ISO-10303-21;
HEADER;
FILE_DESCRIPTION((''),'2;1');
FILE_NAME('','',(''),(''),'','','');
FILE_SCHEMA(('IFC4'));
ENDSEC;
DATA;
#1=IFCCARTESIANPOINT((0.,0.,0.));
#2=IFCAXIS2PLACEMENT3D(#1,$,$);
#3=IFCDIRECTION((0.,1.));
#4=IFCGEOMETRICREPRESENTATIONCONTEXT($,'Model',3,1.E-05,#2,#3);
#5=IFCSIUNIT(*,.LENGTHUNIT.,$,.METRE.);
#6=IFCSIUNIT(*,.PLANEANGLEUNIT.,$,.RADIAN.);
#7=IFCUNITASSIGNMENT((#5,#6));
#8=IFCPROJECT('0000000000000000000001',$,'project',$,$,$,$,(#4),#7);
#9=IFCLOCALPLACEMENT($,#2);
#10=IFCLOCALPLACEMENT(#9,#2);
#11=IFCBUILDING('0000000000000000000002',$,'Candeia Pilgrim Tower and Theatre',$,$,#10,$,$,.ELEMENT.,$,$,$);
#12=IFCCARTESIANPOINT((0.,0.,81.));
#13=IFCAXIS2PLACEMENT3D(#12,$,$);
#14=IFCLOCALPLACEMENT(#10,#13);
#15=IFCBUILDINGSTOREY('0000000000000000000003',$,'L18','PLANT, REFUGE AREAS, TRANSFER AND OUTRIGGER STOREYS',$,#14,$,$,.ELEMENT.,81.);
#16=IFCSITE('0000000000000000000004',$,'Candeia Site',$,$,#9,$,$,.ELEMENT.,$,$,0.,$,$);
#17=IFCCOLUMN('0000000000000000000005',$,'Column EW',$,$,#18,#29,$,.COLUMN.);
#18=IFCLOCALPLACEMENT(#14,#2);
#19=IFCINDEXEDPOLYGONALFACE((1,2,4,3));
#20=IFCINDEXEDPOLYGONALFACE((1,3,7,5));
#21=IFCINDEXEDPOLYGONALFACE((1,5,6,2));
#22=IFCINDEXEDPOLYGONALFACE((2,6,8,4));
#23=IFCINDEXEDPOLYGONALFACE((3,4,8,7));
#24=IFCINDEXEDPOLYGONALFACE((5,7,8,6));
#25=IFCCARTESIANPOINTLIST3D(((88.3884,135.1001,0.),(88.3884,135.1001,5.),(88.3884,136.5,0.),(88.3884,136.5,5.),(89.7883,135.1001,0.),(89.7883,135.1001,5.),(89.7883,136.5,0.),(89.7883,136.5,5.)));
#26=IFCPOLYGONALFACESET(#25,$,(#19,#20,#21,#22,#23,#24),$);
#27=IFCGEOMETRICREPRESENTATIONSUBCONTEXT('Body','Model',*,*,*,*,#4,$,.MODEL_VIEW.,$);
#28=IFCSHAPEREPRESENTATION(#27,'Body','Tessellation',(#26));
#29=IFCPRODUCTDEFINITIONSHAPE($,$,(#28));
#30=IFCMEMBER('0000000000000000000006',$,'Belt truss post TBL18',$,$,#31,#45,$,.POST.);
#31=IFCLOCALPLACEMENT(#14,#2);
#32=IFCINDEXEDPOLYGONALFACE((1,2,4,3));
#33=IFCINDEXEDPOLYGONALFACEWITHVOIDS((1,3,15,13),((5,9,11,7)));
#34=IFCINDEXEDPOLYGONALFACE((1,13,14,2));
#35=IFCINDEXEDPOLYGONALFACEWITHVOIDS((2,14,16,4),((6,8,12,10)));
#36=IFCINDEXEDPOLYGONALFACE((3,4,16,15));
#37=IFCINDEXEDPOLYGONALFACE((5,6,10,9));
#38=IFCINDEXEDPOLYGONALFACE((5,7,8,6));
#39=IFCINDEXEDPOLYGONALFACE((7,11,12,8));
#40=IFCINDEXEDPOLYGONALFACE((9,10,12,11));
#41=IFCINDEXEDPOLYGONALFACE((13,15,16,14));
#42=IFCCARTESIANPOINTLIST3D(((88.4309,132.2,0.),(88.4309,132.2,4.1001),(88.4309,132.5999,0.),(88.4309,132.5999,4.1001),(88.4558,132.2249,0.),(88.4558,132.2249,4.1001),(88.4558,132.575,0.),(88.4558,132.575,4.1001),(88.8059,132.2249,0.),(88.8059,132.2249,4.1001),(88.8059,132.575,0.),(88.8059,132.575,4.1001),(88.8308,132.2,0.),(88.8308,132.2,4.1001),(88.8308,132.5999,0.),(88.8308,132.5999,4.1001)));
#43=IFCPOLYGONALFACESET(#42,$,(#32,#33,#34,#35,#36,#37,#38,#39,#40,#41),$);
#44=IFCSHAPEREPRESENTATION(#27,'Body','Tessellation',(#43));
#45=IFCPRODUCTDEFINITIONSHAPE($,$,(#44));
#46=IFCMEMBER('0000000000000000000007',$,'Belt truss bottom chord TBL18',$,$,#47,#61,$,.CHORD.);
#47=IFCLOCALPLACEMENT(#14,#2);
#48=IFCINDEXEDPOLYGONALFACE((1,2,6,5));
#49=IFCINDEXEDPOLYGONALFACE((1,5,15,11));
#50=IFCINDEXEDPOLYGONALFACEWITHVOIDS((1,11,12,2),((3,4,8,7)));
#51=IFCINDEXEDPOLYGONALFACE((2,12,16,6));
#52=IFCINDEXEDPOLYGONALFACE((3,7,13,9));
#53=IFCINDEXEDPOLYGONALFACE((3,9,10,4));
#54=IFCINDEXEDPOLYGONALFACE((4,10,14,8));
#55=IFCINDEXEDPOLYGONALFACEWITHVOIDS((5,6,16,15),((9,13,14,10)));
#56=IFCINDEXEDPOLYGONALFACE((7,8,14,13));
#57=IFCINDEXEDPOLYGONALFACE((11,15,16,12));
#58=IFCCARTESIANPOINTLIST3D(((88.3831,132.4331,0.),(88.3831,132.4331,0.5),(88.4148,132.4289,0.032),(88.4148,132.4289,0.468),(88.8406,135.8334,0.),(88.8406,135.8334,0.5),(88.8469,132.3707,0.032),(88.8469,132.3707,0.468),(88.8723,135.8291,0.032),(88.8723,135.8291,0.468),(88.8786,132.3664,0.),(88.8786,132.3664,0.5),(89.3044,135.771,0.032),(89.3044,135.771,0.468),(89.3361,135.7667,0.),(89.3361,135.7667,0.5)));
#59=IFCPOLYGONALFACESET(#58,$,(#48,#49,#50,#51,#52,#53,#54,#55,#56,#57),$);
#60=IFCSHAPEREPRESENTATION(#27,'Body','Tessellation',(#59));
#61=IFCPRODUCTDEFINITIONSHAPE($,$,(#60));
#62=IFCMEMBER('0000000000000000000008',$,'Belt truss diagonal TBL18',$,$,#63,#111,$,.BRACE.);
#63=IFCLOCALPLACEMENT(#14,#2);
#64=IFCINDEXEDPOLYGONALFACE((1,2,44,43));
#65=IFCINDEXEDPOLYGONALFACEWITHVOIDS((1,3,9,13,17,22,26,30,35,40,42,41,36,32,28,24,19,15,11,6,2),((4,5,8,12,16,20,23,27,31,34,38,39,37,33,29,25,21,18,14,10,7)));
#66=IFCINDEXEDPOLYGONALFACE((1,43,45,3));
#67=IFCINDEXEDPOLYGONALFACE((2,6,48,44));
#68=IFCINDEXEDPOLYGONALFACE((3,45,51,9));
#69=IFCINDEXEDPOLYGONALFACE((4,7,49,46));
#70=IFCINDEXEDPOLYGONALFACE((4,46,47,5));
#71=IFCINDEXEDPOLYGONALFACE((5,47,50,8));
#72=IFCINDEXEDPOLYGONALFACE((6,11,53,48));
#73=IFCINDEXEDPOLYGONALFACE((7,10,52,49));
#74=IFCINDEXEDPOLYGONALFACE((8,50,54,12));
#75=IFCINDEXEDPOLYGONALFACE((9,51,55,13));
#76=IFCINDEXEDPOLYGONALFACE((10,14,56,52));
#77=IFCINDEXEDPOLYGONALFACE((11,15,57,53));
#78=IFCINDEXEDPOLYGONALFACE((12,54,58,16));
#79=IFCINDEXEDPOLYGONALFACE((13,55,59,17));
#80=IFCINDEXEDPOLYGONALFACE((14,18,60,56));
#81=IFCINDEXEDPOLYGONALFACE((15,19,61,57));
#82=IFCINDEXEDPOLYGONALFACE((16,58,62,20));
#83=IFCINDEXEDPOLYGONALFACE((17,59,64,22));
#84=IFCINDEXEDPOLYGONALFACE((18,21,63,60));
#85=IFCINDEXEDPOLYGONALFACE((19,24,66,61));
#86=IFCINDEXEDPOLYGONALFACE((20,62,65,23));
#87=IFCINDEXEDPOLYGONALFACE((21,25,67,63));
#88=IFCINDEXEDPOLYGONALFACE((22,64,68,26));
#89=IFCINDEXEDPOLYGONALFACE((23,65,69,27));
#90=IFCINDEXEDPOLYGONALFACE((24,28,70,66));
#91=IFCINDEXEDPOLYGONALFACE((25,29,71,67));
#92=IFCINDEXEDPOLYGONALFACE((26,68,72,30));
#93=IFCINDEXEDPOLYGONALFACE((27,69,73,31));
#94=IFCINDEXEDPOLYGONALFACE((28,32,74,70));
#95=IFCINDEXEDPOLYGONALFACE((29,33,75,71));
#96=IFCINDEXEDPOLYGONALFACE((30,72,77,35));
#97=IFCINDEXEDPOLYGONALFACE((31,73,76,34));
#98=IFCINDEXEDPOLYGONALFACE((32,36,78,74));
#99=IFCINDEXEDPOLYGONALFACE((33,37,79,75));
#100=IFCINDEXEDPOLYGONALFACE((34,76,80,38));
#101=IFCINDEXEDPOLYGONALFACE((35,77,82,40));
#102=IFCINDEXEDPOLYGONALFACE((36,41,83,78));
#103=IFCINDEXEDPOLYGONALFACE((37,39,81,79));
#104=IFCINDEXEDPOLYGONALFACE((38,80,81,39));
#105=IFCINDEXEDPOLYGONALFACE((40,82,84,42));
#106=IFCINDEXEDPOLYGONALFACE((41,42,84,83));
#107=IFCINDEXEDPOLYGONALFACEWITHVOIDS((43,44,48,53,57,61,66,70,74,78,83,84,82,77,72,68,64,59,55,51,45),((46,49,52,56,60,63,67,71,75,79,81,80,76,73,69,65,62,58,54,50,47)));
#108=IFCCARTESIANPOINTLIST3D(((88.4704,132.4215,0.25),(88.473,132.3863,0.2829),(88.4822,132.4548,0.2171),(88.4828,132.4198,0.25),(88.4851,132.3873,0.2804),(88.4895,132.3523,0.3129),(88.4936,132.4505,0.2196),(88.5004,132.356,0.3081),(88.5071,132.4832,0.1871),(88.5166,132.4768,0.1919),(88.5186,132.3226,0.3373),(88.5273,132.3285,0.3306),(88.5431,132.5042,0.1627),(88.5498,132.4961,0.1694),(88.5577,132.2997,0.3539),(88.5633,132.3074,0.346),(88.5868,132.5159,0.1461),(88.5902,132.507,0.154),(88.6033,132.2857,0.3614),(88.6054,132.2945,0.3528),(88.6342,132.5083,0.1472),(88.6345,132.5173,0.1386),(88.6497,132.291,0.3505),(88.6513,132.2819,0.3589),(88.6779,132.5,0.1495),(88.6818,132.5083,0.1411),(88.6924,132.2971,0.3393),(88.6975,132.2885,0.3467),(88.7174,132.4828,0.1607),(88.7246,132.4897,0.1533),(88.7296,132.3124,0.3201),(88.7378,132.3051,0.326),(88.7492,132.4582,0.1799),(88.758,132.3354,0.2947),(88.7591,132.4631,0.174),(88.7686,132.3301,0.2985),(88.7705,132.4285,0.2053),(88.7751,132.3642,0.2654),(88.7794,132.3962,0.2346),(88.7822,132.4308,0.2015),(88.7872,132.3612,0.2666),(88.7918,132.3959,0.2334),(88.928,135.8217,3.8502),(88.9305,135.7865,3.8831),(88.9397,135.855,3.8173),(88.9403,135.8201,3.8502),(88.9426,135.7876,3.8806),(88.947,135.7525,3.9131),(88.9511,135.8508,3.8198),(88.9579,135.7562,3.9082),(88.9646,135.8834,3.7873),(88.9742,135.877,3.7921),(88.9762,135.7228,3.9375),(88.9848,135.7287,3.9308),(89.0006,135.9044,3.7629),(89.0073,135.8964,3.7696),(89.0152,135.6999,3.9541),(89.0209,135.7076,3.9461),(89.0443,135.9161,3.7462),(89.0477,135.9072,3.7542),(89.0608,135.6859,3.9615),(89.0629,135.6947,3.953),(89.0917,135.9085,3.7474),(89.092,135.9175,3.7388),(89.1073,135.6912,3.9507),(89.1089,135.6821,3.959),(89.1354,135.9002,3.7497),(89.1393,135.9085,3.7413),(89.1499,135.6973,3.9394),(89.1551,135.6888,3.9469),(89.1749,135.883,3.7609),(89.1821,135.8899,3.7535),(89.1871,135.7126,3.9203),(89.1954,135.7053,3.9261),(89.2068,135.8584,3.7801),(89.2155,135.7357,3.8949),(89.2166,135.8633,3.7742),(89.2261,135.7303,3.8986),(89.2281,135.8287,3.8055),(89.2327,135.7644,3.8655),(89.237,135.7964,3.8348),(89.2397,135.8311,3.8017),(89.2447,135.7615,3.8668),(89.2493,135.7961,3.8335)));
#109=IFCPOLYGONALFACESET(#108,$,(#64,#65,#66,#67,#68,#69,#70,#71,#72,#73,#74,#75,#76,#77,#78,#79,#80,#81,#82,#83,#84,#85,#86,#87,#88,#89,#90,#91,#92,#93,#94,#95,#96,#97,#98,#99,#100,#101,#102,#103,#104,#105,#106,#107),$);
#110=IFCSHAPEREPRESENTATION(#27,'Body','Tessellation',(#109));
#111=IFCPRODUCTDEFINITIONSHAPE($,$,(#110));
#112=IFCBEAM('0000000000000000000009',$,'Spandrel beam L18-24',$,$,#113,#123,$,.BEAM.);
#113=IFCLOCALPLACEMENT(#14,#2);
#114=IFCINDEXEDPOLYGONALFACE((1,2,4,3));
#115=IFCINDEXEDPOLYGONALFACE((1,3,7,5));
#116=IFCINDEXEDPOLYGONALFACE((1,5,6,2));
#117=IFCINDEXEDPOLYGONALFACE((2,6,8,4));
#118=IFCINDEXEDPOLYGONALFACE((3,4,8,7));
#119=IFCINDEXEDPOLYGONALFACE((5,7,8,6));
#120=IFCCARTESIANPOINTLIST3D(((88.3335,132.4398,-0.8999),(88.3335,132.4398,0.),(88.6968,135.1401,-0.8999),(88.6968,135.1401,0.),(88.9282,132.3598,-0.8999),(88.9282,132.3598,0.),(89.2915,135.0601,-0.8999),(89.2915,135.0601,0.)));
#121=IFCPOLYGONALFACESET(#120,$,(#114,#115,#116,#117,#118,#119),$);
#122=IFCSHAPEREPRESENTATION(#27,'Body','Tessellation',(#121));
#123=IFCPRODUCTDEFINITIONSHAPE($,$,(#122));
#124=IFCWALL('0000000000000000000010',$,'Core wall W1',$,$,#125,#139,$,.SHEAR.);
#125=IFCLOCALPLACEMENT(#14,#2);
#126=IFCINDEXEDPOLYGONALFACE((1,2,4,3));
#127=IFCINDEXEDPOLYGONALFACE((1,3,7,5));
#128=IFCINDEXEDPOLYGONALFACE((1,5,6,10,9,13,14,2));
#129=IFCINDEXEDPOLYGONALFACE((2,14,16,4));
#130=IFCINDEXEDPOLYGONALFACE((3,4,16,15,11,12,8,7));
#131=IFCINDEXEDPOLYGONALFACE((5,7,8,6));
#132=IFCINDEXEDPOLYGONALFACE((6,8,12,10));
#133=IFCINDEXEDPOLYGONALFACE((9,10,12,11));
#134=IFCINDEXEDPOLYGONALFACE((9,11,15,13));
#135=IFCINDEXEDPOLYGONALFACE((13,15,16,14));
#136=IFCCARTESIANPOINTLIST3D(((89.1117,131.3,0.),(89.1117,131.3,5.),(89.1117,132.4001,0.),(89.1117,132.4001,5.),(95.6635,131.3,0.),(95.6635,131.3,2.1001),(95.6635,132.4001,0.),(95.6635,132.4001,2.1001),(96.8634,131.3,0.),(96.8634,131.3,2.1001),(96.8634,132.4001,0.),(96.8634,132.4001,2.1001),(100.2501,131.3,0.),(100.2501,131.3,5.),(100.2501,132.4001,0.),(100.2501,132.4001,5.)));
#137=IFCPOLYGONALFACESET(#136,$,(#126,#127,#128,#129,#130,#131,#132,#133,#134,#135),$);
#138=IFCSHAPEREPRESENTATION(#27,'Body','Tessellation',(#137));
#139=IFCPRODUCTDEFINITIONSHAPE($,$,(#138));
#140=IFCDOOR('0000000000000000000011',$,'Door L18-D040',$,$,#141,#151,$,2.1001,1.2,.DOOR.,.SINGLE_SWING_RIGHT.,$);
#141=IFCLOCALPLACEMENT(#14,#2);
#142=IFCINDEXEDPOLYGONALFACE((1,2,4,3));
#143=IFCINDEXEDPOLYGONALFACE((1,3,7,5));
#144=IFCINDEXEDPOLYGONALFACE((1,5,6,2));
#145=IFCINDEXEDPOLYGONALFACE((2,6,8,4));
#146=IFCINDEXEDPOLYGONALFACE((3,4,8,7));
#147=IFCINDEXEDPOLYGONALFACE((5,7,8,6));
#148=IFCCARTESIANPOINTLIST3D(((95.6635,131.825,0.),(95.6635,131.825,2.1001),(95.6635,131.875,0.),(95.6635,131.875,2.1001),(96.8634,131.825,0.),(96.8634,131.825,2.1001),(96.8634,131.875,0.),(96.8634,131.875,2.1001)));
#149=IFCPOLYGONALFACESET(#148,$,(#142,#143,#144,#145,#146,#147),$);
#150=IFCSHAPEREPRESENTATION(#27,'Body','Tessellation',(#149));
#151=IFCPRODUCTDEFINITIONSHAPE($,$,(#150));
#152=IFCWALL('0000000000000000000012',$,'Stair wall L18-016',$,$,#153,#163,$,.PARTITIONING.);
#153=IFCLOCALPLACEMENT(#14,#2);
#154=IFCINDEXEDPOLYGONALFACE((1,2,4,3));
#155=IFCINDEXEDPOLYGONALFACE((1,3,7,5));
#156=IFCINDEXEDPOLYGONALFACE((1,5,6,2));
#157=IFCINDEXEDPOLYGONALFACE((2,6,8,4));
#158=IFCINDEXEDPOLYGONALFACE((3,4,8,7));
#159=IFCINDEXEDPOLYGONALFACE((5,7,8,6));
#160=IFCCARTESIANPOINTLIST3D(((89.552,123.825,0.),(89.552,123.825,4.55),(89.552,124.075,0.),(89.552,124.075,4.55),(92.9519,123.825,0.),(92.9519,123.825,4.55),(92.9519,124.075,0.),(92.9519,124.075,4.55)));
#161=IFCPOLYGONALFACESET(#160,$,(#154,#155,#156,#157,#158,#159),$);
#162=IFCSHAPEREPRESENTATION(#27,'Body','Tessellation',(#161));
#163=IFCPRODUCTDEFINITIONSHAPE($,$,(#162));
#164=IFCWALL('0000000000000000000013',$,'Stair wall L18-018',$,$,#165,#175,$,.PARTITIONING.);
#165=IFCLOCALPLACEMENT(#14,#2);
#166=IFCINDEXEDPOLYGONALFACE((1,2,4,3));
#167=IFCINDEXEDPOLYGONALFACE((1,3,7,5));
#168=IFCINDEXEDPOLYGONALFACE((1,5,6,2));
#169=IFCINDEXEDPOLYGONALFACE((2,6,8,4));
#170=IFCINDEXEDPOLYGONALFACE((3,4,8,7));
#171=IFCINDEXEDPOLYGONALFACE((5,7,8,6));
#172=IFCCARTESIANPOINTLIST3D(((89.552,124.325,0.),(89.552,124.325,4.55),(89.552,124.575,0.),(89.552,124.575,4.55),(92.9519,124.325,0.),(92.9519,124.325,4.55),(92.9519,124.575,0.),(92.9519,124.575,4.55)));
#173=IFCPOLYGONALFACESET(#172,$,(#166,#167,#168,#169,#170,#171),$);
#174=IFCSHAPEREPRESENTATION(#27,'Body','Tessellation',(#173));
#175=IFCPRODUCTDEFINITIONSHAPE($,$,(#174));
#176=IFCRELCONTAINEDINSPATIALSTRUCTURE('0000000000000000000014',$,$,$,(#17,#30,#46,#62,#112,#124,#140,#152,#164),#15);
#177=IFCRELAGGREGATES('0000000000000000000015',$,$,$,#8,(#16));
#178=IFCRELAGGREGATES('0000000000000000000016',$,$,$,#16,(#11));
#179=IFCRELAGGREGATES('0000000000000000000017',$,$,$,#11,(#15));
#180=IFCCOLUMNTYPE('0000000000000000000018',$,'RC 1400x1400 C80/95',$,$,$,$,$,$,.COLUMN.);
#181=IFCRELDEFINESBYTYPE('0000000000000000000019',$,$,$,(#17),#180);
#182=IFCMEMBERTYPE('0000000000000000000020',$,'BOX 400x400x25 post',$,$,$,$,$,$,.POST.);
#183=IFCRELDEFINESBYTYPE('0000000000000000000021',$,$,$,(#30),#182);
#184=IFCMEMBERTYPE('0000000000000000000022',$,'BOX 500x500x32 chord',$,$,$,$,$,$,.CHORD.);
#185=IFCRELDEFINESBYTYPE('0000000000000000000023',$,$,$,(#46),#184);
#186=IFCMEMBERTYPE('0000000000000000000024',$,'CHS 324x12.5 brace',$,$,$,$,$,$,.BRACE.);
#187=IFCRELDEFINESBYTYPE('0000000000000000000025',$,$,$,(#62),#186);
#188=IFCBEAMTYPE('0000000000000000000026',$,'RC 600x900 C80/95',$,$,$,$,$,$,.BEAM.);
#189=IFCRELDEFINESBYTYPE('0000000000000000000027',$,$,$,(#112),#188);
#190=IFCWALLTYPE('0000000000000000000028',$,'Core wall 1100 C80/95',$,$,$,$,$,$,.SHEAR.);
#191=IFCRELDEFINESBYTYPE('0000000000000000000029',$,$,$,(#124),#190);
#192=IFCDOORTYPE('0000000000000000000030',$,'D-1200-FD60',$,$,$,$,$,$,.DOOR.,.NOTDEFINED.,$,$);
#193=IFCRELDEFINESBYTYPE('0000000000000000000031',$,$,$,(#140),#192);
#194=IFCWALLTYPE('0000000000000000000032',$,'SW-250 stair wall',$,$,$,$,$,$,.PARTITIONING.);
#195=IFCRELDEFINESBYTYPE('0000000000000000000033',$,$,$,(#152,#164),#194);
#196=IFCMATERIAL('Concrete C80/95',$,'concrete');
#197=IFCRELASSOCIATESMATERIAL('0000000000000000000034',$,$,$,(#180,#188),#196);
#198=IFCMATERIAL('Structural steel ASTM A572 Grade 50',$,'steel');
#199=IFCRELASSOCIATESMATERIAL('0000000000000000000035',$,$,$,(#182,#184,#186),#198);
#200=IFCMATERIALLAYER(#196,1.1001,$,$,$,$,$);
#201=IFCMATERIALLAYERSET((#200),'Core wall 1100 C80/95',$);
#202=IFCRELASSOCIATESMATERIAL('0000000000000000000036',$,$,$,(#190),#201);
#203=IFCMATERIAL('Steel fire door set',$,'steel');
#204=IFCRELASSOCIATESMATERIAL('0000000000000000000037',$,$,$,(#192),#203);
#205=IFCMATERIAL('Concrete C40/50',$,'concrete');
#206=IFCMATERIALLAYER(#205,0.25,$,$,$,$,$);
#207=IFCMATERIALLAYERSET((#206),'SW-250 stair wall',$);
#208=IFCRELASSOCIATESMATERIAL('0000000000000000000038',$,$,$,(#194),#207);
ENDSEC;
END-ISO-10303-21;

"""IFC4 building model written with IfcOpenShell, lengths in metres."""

from ifc_helpers import new_model, si_unit, direction, frame, frame_2d, origin, origin_2d, place, context, subcontext, project, spatial, rectangle, hollow_rectangle, hollow_circle, extrude, material, layer, layer_set, material_profile, profile_set, type_object, element, fill, save


model = new_model("IFC4")

# Units and contexts
model_context = context("Model", 3, precision=1e-05, world=origin(), true_north=direction((0.0, 1.0)))
body_context = subcontext(model_context, "Body", "Model", "MODEL_VIEW")
ifc_project = project(units=[si_unit("LENGTHUNIT", "METRE"), si_unit("PLANEANGLEUNIT", "RADIAN")], contexts=[model_context])

# Site, building, storey
site_placement = place(None, origin())
site = spatial("IfcSite", under=ifc_project, at=site_placement, Name="Candeia Site", CompositionType="ELEMENT", RefElevation=0.0)
building_placement = place(site_placement, origin())
building = spatial("IfcBuilding", under=site, at=building_placement, Name="Candeia Pilgrim Tower and Theatre", CompositionType="ELEMENT")
storey_placement = place(building_placement, frame((0.0, 0.0, 81.0)))
storey = spatial("IfcBuildingStorey", under=building, at=storey_placement, Name="L18", Description="PLANT, REFUGE AREAS, TRANSFER AND OUTRIGGER STOREYS", CompositionType="ELEMENT", Elevation=81.0)

# Column
ifc_material_1 = material(Name="Concrete C80/95", Category="concrete")
ifc_material_profile_1 = material_profile(ifc_material_1, rectangle(XDim=1.3999, YDim=1.3999, at=origin_2d()))
ifc_profile_set_1 = profile_set([ifc_material_profile_1], Name="Concrete C80/95")
column_type = type_object("IfcColumnType", Name="RC 1400x1400 C80/95", PredefinedType="COLUMN", material=ifc_profile_set_1)
column_placement = place(storey_placement, frame((89.0884, 135.8, 0.0), z_axis=(0.0, 0.0, 1.0), x_axis=(1.0, 0.0, 0.0)))
element("IfcColumn", 1, at=column_placement, inside=storey, type_object=column_type, Name="Column EW", PredefinedType="COLUMN", context=body_context, shape_type="SweptSolid", body=[
    extrude(rectangle(XDim=1.3999, YDim=1.3999, at=origin_2d()), origin(), (0.0, 0.0, 1.0), 5.0),
])

# Members
ifc_material_2 = material(Name="Structural steel ASTM A572 Grade 50", Category="steel")
ifc_material_profile_2 = material_profile(ifc_material_2, hollow_rectangle(XDim=0.3999, YDim=0.3999, WallThickness=0.0249, at=origin_2d()))
ifc_profile_set_2 = profile_set([ifc_material_profile_2], Name="Structural steel ASTM A572 Grade 50")
member_type_1 = type_object("IfcMemberType", Name="BOX 400x400x25 post", PredefinedType="POST", material=ifc_profile_set_2)
member_1_placement = place(storey_placement, frame((88.6309, 132.3999, 0.0), z_axis=(0.0, 0.0, 1.0), x_axis=(1.0, 0.0, 0.0)))
element("IfcMember", 2, at=member_1_placement, inside=storey, type_object=member_type_1, Name="Belt truss post TBL18", PredefinedType="POST", context=body_context, shape_type="SweptSolid", body=[
    extrude(hollow_rectangle(XDim=0.3999, YDim=0.3999, WallThickness=0.0249, at=origin_2d()), origin(), (0.0, 0.0, 1.0), 4.1001),
])
ifc_material_profile_3 = material_profile(ifc_material_2, hollow_rectangle(XDim=0.5, YDim=0.5, WallThickness=0.032, at=origin_2d()))
ifc_profile_set_3 = profile_set([ifc_material_profile_3], Name="Structural steel ASTM A572 Grade 50")
member_type_2 = type_object("IfcMemberType", Name="BOX 500x500x32 chord", PredefinedType="CHORD", material=ifc_profile_set_3)
member_2_placement = place(storey_placement, frame((89.0884, 135.8, 0.25), z_axis=(-0.133357, -0.991068, 0.0), x_axis=(0.991068, -0.133357, 0.0)))
element("IfcMember", 3, at=member_2_placement, inside=storey, type_object=member_type_2, Name="Belt truss bottom chord TBL18", PredefinedType="CHORD", context=body_context, shape_type="SweptSolid", body=[
    extrude(hollow_rectangle(XDim=0.5, YDim=0.5, WallThickness=0.032, at=origin_2d()), origin(), (0.0, 0.0, 1.0), 3.4309),
])
ifc_material_profile_4 = material_profile(ifc_material_2, hollow_circle(Radius=0.1619, WallThickness=0.0125, at=origin_2d()))
ifc_profile_set_4 = profile_set([ifc_material_profile_4], Name="Structural steel ASTM A572 Grade 50")
member_type_3 = type_object("IfcMemberType", Name="CHS 324x12.5 brace", PredefinedType="BRACE", material=ifc_profile_set_4)
member_3_placement = place(storey_placement, frame((88.6309, 132.3999, 0.25), z_axis=(0.092, 0.683717, 0.723924), x_axis=(-0.991068, 0.133357, 0.0)))
element("IfcMember", 4, at=member_3_placement, inside=storey, type_object=member_type_3, Name="Belt truss diagonal TBL18", PredefinedType="BRACE", context=body_context, shape_type="SweptSolid", body=[
    extrude(hollow_circle(Radius=0.1619, WallThickness=0.0125, at=origin_2d()), origin(), (0.0, 0.0, 1.0), 4.9731),
])

# Beam
ifc_material_profile_5 = material_profile(ifc_material_1, rectangle(XDim=0.6001, YDim=0.8999, at=origin_2d()))
ifc_profile_set_5 = profile_set([ifc_material_profile_5], Name="Concrete C80/95")
beam_type = type_object("IfcBeamType", Name="RC 600x900 C80/95", PredefinedType="BEAM", material=ifc_profile_set_5)
beam_placement = place(storey_placement, frame((88.9941, 135.1001, -0.45), z_axis=(-0.133338, -0.991071, 0.0), x_axis=(0.991071, -0.133338, 0.0)))
element("IfcBeam", 5, at=beam_placement, inside=storey, type_object=beam_type, Name="Spandrel beam L18-24", PredefinedType="BEAM", context=body_context, shape_type="SweptSolid", body=[
    extrude(rectangle(XDim=0.6001, YDim=0.8999, at=origin_2d()), origin(), (0.0, 0.0, 1.0), 2.7246),
])

# Wall, opening, door
ifc_layer_1 = layer(ifc_material_1, 1.1001)
ifc_layer_set_1 = layer_set([ifc_layer_1], Name="Core wall 1100 C80/95")
wall_type_1 = type_object("IfcWallType", Name="Core wall 1100 C80/95", PredefinedType="SHEAR", material=ifc_layer_set_1)
wall_1_placement = place(storey_placement, frame((89.1116, 131.8501, 0.0), z_axis=(0.0, 0.0, 1.0), x_axis=(1.0, 0.0, 0.0)))
wall_1 = element("IfcWall", 6, at=wall_1_placement, inside=storey, type_object=wall_type_1, Name="Core wall W1", PredefinedType="SHEAR", context=body_context, shape_type="SweptSolid", body=[
    extrude(rectangle(XDim=11.1384, YDim=1.1001, at=frame_2d((5.5693, 0.0))), origin(), (0.0, 0.0, 1.0), 5.0),
])
opening_placement = place(wall_1_placement, frame((6.5518, 0.0, 0.0)))
opening = element("IfcOpeningElement", 7, at=opening_placement, cuts=wall_1, PredefinedType="OPENING", context=body_context, shape_type="SweptSolid", body=[
    extrude(rectangle(XDim=1.2, YDim=2.1001, at=frame_2d((0.6001, 1.05))), frame((0.0, 0.5601, 0.0), z_axis=(0.0, -1.0, 0.0), x_axis=(1.0, 0.0, 0.0)), (0.0, 0.0, 1.0), 1.1201),
])
ifc_material_3 = material(Name="Steel fire door set", Category="steel")
door_type = type_object("IfcDoorType", Name="D-1200-FD60", OperationType="NOTDEFINED", PredefinedType="DOOR", material=ifc_material_3)
door_placement = place(opening_placement, origin())
door = element("IfcDoor", 8, at=door_placement, inside=storey, type_object=door_type, Name="Door L18-D040", OperationType="SINGLE_SWING_RIGHT", OverallHeight=2.1001, OverallWidth=1.2, PredefinedType="DOOR", context=body_context, shape_type="SweptSolid", body=[
    extrude(rectangle(XDim=1.2, YDim=2.1001, at=frame_2d((0.6001, 1.05))), frame((0.0, 0.0249, 0.0), z_axis=(0.0, -1.0, 0.0), x_axis=(1.0, 0.0, 0.0)), (0.0, 0.0, 1.0), 0.05),
])
fill(opening, door)

# Walls
ifc_material_4 = material(Name="Concrete C40/50", Category="concrete")
ifc_layer_2 = layer(ifc_material_4, 0.25)
ifc_layer_set_2 = layer_set([ifc_layer_2], Name="SW-250 stair wall")
wall_type_2 = type_object("IfcWallType", Name="SW-250 stair wall", PredefinedType="PARTITIONING", material=ifc_layer_set_2)
for number, where, z_axis, x_axis, name in (
    (9, (89.552, 123.95, 0.0), (0.0, 0.0, 1.0), (1.0, 0.0, 0.0), "Stair wall L18-016"),
    (10, (89.552, 124.45, 0.0), (0.0, 0.0, 1.0), (1.0, 0.0, 0.0), "Stair wall L18-018"),
):
    element("IfcWall", number, at=place(storey_placement, frame(where, z_axis=z_axis, x_axis=x_axis)), inside=storey, type_object=wall_type_2, Name=name, PredefinedType="PARTITIONING", context=body_context, shape_type="SweptSolid", body=[
        extrude(rectangle(XDim=3.3999, YDim=0.25, at=frame_2d((1.7, 0.0))), origin(), (0.0, 0.0, 1.0), 4.55),
    ])

save(model, "model.ifc")
